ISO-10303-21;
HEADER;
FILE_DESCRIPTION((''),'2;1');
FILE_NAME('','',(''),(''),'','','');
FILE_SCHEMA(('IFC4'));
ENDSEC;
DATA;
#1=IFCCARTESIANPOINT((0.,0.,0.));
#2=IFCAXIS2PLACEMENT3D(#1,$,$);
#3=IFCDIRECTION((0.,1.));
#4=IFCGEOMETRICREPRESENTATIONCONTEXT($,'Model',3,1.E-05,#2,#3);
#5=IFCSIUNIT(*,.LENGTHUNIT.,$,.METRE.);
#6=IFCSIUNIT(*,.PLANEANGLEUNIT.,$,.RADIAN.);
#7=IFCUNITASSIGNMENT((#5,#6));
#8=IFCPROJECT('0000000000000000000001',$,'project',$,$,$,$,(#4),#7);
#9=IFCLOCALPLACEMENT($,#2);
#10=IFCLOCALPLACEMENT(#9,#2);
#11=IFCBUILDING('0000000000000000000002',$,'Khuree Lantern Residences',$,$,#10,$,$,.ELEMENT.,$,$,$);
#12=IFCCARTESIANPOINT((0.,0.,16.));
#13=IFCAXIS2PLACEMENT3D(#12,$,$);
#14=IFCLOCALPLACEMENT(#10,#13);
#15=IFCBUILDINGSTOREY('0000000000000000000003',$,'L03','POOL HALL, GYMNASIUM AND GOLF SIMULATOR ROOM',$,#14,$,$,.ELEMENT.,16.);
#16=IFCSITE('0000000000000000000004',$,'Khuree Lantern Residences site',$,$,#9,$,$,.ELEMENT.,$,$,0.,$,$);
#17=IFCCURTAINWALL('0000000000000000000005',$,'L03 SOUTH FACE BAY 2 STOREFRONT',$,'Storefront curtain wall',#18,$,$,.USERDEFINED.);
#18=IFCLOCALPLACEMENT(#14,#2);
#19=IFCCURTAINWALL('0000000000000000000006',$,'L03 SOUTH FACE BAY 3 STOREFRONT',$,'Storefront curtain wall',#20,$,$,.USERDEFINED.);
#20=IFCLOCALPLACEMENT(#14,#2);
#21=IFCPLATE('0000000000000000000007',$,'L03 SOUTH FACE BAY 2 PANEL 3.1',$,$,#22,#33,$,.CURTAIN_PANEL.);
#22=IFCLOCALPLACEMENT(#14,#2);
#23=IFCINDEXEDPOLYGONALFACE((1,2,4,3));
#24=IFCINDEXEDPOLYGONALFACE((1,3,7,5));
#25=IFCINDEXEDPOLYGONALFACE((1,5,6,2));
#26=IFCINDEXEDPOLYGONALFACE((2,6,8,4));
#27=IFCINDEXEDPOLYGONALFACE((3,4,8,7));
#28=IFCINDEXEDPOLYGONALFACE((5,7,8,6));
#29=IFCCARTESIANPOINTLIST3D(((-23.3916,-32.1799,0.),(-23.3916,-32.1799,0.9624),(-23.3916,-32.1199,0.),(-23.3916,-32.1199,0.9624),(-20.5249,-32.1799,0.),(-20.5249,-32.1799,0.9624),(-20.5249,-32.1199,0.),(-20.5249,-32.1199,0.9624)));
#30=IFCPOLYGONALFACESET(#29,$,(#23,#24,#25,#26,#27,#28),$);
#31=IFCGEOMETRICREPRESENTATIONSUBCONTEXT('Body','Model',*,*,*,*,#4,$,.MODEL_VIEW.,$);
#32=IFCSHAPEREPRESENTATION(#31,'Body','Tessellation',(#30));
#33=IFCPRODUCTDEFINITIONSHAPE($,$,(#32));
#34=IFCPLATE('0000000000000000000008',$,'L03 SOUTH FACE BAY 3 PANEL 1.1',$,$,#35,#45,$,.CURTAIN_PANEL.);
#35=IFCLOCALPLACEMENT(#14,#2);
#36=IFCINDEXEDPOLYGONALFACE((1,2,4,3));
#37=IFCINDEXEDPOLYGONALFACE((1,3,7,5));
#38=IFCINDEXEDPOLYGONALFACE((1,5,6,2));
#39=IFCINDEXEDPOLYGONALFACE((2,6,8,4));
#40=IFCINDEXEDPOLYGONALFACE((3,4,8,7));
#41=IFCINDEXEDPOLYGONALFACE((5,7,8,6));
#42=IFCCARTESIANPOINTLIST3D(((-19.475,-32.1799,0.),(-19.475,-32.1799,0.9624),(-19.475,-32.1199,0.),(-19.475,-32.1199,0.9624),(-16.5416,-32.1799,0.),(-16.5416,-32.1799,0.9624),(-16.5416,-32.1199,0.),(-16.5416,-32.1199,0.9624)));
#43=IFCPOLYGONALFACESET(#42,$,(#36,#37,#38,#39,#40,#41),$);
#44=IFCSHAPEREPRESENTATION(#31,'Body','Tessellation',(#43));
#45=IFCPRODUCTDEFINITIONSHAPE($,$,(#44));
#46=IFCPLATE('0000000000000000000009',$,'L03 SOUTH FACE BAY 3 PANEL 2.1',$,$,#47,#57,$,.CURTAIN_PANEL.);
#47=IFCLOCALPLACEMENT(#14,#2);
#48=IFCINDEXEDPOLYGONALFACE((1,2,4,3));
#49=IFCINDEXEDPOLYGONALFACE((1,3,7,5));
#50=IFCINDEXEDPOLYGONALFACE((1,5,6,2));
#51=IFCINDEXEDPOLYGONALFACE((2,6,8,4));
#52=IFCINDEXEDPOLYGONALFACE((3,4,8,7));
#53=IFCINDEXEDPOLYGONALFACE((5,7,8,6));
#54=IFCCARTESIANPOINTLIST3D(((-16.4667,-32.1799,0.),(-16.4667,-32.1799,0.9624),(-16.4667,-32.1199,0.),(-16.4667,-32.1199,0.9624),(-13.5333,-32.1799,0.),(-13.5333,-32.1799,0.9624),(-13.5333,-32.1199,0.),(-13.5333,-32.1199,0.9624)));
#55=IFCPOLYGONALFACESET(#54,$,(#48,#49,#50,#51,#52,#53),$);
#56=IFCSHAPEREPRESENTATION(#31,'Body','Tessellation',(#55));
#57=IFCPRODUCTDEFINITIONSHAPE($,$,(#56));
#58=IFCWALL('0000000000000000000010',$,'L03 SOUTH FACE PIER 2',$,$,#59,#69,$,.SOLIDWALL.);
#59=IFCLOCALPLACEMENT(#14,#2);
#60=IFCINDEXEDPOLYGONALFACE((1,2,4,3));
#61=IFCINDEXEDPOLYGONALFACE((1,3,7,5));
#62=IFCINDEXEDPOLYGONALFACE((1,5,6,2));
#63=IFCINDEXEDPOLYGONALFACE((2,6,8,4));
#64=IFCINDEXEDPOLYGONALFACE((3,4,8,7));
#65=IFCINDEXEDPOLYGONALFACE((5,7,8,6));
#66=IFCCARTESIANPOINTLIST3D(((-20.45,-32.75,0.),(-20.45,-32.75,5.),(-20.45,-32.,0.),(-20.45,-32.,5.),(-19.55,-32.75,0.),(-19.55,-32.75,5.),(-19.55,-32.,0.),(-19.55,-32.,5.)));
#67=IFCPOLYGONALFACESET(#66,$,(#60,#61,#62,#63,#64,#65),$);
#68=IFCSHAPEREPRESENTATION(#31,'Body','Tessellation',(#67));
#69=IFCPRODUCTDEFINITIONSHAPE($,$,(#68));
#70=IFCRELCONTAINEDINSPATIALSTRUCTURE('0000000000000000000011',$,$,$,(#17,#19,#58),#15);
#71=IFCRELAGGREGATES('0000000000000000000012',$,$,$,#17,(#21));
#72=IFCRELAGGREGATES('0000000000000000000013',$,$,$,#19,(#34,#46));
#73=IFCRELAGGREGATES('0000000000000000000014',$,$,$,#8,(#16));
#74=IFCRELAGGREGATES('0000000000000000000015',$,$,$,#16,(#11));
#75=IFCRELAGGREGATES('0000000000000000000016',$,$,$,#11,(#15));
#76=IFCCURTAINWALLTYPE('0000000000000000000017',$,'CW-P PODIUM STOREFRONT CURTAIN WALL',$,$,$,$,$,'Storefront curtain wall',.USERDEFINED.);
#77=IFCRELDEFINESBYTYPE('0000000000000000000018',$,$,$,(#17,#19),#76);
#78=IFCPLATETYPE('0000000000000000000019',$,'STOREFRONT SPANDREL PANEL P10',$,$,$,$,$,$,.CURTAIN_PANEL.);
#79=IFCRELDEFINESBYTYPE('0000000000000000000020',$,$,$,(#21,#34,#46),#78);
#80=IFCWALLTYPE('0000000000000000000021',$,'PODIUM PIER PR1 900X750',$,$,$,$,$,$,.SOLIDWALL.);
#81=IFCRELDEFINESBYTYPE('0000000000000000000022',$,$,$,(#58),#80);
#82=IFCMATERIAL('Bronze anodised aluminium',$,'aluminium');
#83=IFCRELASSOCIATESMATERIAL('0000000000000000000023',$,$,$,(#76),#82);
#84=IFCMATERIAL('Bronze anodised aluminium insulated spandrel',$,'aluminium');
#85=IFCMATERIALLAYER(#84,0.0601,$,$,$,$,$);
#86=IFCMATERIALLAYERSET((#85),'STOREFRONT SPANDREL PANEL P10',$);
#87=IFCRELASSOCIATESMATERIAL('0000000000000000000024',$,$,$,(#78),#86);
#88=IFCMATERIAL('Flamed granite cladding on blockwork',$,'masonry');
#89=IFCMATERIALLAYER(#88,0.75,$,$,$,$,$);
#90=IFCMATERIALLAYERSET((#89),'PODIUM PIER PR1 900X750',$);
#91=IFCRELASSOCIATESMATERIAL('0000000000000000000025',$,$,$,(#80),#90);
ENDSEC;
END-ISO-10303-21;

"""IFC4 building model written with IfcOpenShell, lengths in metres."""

from ifc_helpers import new_model, si_unit, direction, frame, frame_2d, origin, origin_2d, place, context, subcontext, project, spatial, rectangle, extrude, material, layer, layer_set, type_object, element, aggregate, save


model = new_model("IFC4")

# Units and contexts
model_context = context("Model", 3, precision=1e-05, world=origin(), true_north=direction((0.0, 1.0)))
body_context = subcontext(model_context, "Body", "Model", "MODEL_VIEW")
ifc_project = project(units=[si_unit("LENGTHUNIT", "METRE"), si_unit("PLANEANGLEUNIT", "RADIAN")], contexts=[model_context])

# Site, building, storey
site_placement = place(None, origin())
site = spatial("IfcSite", under=ifc_project, at=site_placement, Name="Khuree Lantern Residences site", CompositionType="ELEMENT", RefElevation=0.0)
building_placement = place(site_placement, origin())
building = spatial("IfcBuilding", under=site, at=building_placement, Name="Khuree Lantern Residences", CompositionType="ELEMENT")
storey_placement = place(building_placement, frame((0.0, 0.0, 16.0)))
storey = spatial("IfcBuildingStorey", under=building, at=storey_placement, Name="L03", Description="POOL HALL, GYMNASIUM AND GOLF SIMULATOR ROOM", CompositionType="ELEMENT", Elevation=16.0)

# Curtain walls
ifc_material_1 = material(Name="Bronze anodised aluminium", Category="aluminium")
curtain_wall_type = type_object("IfcCurtainWallType", Name="CW-P PODIUM STOREFRONT CURTAIN WALL", ElementType="Storefront curtain wall", PredefinedType="USERDEFINED", material=ifc_material_1)
curtain_wall_1_placement = place(storey_placement, origin())
curtain_wall_1 = element("IfcCurtainWall", 1, at=curtain_wall_1_placement, inside=storey, type_object=curtain_wall_type, Name="L03 SOUTH FACE BAY 2 STOREFRONT", ObjectType="Storefront curtain wall", PredefinedType="USERDEFINED")
curtain_wall_2_placement = place(storey_placement, origin())
curtain_wall_2 = element("IfcCurtainWall", 2, at=curtain_wall_2_placement, inside=storey, type_object=curtain_wall_type, Name="L03 SOUTH FACE BAY 3 STOREFRONT", ObjectType="Storefront curtain wall", PredefinedType="USERDEFINED")

# Plates
ifc_material_2 = material(Name="Bronze anodised aluminium insulated spandrel", Category="aluminium")
ifc_layer_1 = layer(ifc_material_2, 0.0601)
ifc_layer_set_1 = layer_set([ifc_layer_1], Name="STOREFRONT SPANDREL PANEL P10")
plate_type_1 = type_object("IfcPlateType", Name="STOREFRONT SPANDREL PANEL P10", PredefinedType="CURTAIN_PANEL", material=ifc_layer_set_1)
plate_1_placement = place(storey_placement, frame((-21.9583, -32.1499, 0.0), z_axis=(0.0, 0.0, 1.0), x_axis=(1.0, 0.0, 0.0)))
plate_1 = element("IfcPlate", 3, at=plate_1_placement, type_object=plate_type_1, Name="L03 SOUTH FACE BAY 2 PANEL 3.1", PredefinedType="CURTAIN_PANEL", context=body_context, shape_type="SweptSolid", body=[
    extrude(rectangle(XDim=2.8667, YDim=0.0601, at=origin_2d()), origin(), (0.0, 0.0, 1.0), 0.9624),
])
aggregate(curtain_wall_1, [plate_1])
plate_2_placement = place(storey_placement, frame((-18.0083, -32.1499, 0.0), z_axis=(0.0, 0.0, 1.0), x_axis=(1.0, 0.0, 0.0)))
plate_2 = element("IfcPlate", 4, at=plate_2_placement, type_object=plate_type_1, Name="L03 SOUTH FACE BAY 3 PANEL 1.1", PredefinedType="CURTAIN_PANEL", context=body_context, shape_type="SweptSolid", body=[
    extrude(rectangle(XDim=2.9333, YDim=0.0601, at=origin_2d()), origin(), (0.0, 0.0, 1.0), 0.9624),
])
plate_3_placement = place(storey_placement, frame((-15.0, -32.1499, 0.0), z_axis=(0.0, 0.0, 1.0), x_axis=(1.0, 0.0, 0.0)))
plate_3 = element("IfcPlate", 5, at=plate_3_placement, type_object=plate_type_1, Name="L03 SOUTH FACE BAY 3 PANEL 2.1", PredefinedType="CURTAIN_PANEL", context=body_context, shape_type="SweptSolid", body=[
    extrude(rectangle(XDim=2.9333, YDim=0.0601, at=origin_2d()), origin(), (0.0, 0.0, 1.0), 0.9624),
])
aggregate(curtain_wall_2, [plate_2, plate_3])

# Wall
ifc_material_3 = material(Name="Flamed granite cladding on blockwork", Category="masonry")
ifc_layer_2 = layer(ifc_material_3, 0.75)
ifc_layer_set_2 = layer_set([ifc_layer_2], Name="PODIUM PIER PR1 900X750")
wall_type = type_object("IfcWallType", Name="PODIUM PIER PR1 900X750", PredefinedType="SOLIDWALL", material=ifc_layer_set_2)
wall_placement = place(storey_placement, frame((-20.45, -32.375, 0.0), z_axis=(0.0, 0.0, 1.0), x_axis=(1.0, 0.0, 0.0)))
element("IfcWall", 6, at=wall_placement, inside=storey, type_object=wall_type, Name="L03 SOUTH FACE PIER 2", PredefinedType="SOLIDWALL", context=body_context, shape_type="SweptSolid", body=[
    extrude(rectangle(XDim=0.8999, YDim=0.75, at=frame_2d((0.45, 0.0))), origin(), (0.0, 0.0, 1.0), 5.0),
])

save(model, "model.ifc")
